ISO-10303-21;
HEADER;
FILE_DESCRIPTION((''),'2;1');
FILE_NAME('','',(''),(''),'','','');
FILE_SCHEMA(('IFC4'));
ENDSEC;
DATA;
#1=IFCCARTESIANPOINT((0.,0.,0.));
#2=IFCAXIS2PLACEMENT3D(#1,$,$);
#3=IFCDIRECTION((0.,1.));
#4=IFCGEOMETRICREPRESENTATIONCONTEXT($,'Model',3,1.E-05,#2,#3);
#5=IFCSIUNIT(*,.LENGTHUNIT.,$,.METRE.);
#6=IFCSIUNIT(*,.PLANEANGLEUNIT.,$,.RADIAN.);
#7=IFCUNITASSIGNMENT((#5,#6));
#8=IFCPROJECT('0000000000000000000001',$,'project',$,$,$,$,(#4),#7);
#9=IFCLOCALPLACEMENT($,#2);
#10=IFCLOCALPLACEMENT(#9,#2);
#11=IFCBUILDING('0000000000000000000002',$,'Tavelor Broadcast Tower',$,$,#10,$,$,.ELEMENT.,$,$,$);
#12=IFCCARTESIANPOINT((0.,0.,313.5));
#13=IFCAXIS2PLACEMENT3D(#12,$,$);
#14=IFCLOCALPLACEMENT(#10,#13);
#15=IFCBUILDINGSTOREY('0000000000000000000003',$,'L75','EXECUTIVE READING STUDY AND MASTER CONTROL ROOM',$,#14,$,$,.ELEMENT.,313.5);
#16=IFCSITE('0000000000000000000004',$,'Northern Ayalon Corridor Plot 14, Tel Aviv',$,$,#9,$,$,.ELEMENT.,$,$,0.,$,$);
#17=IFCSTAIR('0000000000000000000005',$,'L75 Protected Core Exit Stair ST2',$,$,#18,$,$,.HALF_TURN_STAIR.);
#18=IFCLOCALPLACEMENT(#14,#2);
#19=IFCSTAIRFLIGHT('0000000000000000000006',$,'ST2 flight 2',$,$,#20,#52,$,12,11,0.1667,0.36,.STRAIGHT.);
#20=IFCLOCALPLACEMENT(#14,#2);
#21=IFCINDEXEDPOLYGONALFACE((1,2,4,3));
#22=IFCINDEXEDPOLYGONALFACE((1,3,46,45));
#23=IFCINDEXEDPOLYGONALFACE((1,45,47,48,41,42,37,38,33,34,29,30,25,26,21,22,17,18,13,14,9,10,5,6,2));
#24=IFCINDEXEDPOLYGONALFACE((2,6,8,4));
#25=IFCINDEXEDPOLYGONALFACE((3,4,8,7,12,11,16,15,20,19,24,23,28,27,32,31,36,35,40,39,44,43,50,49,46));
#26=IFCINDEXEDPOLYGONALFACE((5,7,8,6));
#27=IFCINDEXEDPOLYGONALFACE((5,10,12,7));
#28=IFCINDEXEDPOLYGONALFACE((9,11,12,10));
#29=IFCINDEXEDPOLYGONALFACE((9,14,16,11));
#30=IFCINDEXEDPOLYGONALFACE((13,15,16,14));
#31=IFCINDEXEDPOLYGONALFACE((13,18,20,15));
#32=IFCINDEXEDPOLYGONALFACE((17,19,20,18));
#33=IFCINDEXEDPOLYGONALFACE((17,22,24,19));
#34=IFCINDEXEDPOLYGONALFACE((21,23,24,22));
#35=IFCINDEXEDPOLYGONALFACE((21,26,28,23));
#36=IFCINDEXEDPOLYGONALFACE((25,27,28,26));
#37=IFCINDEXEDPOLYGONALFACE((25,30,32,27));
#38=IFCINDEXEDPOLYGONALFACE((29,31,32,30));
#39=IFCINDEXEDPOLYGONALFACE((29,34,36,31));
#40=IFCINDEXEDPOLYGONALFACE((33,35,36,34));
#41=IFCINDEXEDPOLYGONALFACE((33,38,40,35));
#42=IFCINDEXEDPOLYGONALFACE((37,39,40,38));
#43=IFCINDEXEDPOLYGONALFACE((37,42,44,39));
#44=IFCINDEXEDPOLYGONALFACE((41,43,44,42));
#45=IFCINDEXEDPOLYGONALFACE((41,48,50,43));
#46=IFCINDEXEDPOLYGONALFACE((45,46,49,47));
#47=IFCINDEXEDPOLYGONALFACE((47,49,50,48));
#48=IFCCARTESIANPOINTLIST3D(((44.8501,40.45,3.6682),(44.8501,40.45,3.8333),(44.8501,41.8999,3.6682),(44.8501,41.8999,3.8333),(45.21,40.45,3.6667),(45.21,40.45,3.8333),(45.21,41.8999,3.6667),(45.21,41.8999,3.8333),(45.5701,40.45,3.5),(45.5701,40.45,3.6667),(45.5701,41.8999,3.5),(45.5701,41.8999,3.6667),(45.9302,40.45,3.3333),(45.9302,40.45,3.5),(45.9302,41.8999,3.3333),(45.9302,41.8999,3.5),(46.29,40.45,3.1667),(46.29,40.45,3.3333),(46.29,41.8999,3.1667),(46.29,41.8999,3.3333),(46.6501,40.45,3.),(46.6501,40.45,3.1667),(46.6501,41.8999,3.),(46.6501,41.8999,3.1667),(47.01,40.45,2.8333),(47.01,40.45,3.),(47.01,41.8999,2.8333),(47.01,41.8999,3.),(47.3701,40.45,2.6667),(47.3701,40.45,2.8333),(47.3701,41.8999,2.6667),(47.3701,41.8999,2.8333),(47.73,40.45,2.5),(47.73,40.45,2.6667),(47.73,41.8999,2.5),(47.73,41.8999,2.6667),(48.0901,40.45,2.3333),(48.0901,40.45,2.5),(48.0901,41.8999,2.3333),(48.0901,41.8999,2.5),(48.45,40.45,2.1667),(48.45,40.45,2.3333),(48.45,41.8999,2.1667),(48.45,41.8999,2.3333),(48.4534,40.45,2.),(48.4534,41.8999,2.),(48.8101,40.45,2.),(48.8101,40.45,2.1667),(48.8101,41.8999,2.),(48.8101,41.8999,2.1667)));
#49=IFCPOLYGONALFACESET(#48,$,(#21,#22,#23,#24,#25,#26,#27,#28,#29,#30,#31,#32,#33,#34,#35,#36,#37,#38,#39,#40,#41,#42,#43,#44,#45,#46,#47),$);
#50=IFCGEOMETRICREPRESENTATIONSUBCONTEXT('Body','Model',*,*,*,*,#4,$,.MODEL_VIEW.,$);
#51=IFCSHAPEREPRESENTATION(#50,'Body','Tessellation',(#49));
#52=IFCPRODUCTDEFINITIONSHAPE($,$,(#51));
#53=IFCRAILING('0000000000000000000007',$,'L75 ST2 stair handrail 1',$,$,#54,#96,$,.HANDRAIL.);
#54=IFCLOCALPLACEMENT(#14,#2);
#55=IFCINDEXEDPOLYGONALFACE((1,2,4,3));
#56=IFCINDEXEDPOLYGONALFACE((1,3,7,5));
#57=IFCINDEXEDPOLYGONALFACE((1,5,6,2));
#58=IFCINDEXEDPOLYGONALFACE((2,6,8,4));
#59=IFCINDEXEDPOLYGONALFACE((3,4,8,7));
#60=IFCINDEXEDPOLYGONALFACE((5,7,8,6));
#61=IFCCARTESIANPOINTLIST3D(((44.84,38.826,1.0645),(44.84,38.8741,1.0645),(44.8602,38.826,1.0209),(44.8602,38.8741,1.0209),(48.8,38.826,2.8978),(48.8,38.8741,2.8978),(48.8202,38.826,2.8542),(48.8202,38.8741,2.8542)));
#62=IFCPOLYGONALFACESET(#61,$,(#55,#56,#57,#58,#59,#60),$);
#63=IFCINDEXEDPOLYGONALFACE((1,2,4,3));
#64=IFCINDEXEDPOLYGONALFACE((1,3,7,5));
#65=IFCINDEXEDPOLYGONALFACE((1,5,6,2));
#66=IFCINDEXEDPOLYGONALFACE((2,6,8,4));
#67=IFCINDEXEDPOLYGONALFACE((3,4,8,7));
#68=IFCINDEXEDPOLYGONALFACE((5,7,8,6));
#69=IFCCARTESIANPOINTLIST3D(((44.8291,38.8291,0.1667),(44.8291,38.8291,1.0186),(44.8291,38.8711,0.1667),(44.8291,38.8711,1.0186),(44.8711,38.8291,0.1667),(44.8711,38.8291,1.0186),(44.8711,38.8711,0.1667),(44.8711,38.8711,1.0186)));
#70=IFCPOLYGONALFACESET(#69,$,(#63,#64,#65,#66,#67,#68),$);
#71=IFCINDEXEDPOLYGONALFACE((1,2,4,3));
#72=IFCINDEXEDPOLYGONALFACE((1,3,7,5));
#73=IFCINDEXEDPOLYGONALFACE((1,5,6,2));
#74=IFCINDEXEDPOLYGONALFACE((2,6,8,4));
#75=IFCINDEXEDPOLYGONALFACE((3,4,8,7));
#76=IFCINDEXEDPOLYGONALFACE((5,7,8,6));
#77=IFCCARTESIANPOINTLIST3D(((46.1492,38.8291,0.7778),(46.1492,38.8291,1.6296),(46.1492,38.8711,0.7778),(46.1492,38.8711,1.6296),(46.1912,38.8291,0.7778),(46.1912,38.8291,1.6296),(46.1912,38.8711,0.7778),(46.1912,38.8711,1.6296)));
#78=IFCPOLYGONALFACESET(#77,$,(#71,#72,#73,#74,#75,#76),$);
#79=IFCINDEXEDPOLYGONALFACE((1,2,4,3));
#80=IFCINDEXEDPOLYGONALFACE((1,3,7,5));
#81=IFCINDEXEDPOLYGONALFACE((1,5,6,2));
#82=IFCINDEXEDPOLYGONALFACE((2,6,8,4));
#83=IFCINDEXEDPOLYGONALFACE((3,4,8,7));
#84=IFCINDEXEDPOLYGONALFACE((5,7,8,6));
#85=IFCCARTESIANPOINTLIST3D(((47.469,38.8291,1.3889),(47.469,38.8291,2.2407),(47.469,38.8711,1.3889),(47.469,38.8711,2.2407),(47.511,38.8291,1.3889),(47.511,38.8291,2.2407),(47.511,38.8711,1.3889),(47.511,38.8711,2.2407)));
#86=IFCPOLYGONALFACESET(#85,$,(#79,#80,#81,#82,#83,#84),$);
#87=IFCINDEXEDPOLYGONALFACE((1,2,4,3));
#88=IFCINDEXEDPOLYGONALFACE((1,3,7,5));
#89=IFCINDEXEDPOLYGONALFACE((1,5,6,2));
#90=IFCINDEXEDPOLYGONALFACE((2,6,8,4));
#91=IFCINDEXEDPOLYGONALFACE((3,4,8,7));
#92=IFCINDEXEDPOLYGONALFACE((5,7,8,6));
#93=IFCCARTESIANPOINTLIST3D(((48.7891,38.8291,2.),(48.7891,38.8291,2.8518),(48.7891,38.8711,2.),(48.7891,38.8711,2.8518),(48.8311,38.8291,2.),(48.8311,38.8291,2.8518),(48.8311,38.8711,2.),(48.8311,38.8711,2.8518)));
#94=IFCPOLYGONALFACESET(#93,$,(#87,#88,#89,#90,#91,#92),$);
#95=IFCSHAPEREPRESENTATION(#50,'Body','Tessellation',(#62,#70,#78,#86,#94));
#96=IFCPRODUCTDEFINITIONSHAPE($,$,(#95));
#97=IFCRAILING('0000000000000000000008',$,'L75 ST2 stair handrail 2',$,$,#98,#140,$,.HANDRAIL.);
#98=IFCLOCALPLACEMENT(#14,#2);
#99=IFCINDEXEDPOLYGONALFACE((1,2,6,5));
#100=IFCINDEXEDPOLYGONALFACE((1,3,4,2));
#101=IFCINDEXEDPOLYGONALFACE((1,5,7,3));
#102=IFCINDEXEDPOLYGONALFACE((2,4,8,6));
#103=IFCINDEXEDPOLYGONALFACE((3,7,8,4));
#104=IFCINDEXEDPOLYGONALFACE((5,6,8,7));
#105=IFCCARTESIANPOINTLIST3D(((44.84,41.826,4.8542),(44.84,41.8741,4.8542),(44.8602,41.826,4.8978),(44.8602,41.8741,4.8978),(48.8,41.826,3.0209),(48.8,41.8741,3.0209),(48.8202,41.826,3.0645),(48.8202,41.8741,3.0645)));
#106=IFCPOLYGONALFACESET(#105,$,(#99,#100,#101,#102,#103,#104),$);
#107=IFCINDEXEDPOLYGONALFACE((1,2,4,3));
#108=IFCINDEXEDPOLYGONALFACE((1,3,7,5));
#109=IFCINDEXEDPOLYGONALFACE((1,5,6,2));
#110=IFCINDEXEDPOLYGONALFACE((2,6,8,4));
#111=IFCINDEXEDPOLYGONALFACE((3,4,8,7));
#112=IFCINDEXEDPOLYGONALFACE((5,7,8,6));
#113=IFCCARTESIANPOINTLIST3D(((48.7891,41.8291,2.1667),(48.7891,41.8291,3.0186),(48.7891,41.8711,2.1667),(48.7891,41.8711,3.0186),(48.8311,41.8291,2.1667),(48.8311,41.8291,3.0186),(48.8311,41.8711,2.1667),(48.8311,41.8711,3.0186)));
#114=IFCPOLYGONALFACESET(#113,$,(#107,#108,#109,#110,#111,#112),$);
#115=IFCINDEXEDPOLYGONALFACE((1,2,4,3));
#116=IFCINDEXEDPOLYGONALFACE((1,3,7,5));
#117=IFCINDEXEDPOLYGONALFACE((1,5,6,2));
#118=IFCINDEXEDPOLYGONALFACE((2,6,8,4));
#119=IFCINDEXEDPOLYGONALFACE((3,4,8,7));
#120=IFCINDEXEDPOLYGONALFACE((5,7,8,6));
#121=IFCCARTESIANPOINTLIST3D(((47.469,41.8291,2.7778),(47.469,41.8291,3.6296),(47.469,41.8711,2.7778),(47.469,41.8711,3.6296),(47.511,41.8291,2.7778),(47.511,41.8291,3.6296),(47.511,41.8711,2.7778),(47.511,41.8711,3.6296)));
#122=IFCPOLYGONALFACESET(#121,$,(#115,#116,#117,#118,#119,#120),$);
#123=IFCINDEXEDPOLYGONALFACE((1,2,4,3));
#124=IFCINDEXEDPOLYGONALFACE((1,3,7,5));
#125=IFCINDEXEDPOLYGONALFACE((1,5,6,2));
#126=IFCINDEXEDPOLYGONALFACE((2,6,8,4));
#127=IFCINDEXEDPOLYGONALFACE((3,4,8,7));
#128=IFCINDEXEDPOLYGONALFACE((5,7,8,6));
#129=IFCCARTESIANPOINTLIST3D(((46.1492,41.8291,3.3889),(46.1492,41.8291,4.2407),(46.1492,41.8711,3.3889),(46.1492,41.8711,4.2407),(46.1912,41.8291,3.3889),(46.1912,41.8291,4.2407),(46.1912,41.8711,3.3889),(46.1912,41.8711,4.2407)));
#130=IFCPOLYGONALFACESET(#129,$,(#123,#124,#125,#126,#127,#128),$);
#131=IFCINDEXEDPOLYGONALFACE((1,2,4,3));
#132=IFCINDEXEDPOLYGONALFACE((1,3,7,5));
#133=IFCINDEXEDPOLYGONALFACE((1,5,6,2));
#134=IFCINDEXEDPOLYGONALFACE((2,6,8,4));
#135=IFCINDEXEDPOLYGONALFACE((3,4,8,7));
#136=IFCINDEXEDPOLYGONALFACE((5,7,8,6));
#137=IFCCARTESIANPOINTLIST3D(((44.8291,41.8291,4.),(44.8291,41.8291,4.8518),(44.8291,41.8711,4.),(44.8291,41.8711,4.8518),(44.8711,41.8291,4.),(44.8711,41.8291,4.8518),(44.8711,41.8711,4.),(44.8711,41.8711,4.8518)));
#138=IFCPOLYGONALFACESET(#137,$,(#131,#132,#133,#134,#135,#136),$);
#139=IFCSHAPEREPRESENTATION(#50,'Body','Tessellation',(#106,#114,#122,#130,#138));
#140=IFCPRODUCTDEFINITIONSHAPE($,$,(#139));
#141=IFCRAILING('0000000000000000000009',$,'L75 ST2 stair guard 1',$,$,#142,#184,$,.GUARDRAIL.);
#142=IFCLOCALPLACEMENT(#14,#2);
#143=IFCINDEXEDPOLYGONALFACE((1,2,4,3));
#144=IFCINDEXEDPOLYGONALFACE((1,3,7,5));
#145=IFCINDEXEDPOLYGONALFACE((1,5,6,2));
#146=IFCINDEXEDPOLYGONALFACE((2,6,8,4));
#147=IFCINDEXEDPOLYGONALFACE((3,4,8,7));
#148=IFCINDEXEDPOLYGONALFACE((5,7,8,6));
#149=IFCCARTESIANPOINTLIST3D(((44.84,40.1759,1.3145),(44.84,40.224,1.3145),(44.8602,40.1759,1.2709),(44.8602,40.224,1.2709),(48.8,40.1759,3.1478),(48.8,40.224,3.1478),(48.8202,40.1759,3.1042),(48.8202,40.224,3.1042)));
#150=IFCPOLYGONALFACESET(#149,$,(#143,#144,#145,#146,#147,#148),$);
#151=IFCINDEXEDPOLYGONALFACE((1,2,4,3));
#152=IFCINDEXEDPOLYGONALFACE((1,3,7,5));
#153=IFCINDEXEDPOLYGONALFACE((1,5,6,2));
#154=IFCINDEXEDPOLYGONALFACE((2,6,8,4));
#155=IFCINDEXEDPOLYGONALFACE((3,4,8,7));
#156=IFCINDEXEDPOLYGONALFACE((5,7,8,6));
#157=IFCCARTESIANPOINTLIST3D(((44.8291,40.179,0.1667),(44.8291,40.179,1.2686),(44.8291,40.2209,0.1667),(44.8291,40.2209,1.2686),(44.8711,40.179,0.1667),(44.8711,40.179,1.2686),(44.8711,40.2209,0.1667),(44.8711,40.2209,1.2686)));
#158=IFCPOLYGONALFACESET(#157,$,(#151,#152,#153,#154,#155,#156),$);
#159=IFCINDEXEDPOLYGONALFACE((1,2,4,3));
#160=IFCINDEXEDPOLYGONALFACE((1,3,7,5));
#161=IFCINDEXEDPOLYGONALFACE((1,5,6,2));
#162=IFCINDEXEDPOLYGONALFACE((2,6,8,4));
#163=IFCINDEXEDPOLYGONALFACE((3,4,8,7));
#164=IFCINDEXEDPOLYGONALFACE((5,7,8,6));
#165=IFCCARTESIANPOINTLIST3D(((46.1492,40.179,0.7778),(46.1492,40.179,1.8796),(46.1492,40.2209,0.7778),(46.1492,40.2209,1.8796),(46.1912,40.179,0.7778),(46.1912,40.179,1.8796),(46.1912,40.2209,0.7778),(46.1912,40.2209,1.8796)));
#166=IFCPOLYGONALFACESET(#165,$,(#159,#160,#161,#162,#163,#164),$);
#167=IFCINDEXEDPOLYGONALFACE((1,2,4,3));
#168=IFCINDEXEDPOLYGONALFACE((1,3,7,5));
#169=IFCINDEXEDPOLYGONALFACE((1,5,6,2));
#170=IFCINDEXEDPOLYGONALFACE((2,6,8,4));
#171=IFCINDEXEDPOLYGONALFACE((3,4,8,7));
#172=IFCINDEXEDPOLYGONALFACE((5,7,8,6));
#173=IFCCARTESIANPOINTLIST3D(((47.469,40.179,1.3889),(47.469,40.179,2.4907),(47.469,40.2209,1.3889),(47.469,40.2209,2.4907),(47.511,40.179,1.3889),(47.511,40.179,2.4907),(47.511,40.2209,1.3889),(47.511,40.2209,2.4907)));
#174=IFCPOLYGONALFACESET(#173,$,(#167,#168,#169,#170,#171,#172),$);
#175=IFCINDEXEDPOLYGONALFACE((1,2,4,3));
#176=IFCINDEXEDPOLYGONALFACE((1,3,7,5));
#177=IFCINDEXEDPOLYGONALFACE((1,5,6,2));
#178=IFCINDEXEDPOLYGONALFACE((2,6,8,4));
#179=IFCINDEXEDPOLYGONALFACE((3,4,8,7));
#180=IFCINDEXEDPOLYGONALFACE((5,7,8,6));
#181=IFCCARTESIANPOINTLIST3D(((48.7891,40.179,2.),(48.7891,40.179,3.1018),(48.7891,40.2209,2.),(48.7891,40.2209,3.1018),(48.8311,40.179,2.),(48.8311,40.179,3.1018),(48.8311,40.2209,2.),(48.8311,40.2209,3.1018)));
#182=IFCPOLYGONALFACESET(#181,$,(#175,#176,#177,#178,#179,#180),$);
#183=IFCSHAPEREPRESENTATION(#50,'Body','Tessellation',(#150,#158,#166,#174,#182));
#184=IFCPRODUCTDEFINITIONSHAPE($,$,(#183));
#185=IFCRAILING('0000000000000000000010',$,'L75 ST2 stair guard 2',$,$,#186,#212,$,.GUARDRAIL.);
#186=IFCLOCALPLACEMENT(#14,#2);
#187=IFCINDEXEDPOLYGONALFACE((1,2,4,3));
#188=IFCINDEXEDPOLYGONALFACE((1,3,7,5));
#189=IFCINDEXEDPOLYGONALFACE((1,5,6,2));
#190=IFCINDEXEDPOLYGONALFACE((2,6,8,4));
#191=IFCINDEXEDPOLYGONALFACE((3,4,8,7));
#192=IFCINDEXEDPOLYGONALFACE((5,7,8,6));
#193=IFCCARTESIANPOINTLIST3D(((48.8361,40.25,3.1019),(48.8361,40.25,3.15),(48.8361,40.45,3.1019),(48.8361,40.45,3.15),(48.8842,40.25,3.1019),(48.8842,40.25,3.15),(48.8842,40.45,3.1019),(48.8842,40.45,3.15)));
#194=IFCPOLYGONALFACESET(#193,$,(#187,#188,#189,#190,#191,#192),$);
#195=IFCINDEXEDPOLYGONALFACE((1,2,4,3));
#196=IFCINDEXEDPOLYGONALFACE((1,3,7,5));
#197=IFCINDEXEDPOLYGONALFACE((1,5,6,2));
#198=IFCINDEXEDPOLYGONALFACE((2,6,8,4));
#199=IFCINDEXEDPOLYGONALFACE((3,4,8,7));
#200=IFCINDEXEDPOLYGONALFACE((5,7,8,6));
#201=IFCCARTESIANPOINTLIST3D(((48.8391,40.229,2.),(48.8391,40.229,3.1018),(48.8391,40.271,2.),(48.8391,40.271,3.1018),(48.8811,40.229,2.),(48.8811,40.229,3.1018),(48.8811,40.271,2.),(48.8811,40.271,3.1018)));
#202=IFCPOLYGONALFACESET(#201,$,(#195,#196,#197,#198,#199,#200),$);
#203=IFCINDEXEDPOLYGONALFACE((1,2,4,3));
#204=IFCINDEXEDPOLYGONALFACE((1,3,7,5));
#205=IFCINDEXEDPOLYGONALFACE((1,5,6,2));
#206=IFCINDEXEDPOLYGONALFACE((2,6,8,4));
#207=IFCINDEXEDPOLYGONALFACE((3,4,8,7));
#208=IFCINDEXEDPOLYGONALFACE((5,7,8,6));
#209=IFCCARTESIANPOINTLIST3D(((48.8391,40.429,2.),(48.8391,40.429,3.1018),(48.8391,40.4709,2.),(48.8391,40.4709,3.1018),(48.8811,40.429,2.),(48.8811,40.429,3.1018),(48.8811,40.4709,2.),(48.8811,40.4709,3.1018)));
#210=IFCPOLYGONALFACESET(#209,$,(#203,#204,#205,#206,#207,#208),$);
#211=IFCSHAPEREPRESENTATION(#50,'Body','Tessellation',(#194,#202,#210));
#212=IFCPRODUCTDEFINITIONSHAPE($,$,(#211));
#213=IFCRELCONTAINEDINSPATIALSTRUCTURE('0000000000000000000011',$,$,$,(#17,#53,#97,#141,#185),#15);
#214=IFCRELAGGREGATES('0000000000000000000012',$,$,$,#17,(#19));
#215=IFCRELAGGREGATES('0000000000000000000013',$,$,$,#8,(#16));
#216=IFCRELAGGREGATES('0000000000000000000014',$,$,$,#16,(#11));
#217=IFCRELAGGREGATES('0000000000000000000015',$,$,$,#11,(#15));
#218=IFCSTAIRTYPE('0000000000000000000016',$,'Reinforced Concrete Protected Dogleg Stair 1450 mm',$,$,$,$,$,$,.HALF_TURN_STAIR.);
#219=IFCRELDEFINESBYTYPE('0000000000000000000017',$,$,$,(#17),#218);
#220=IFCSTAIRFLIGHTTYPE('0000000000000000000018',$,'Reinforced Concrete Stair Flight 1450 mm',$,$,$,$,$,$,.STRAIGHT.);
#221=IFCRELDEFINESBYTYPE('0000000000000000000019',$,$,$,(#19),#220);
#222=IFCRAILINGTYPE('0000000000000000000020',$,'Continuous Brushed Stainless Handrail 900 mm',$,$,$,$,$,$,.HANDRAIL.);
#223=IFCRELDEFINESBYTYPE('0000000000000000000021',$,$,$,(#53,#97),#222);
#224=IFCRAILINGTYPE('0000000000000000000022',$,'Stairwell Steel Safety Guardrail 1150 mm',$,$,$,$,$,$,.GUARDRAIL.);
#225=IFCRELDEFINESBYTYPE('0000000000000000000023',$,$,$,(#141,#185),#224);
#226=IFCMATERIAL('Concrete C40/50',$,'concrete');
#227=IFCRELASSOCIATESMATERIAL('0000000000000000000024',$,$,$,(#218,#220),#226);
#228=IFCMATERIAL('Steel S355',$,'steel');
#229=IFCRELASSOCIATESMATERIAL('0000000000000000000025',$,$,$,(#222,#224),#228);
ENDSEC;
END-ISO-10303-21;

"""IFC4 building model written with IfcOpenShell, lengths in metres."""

from ifc_helpers import new_model, si_unit, direction, frame, origin, origin_2d, place, context, subcontext, project, spatial, polyline, rectangle, outline, extrude, material, type_object, element, aggregate, save


model = new_model("IFC4")

# Units and contexts
model_context = context("Model", 3, precision=1e-05, world=origin(), true_north=direction((0.0, 1.0)))
body_context = subcontext(model_context, "Body", "Model", "MODEL_VIEW")
ifc_project = project(units=[si_unit("LENGTHUNIT", "METRE"), si_unit("PLANEANGLEUNIT", "RADIAN")], contexts=[model_context])

# Site, building, storey
site_placement = place(None, origin())
site = spatial("IfcSite", under=ifc_project, at=site_placement, Name="Northern Ayalon Corridor Plot 14, Tel Aviv", CompositionType="ELEMENT", RefElevation=0.0)
building_placement = place(site_placement, origin())
building = spatial("IfcBuilding", under=site, at=building_placement, Name="Tavelor Broadcast Tower", CompositionType="ELEMENT")
storey_placement = place(building_placement, frame((0.0, 0.0, 313.5)))
storey = spatial("IfcBuildingStorey", under=building, at=storey_placement, Name="L75", Description="EXECUTIVE READING STUDY AND MASTER CONTROL ROOM", CompositionType="ELEMENT", Elevation=313.5)

# Shared definitions
ifc_material_1 = material(Name="Concrete C40/50", Category="concrete")
ifc_material_2 = material(Name="Steel S355", Category="steel")

# Stair, stair flight
stair_type = type_object("IfcStairType", Name="Reinforced Concrete Protected Dogleg Stair 1450 mm", PredefinedType="HALF_TURN_STAIR", material=ifc_material_1)
stair_placement = place(storey_placement, origin())
stair = element("IfcStair", 1, at=stair_placement, inside=storey, type_object=stair_type, Name="L75 Protected Core Exit Stair ST2", PredefinedType="HALF_TURN_STAIR")
stair_flight_type = type_object("IfcStairFlightType", Name="Reinforced Concrete Stair Flight 1450 mm", PredefinedType="STRAIGHT", material=ifc_material_1)
stair_flight_1_placement = place(storey_placement, frame((48.8101, 41.175, 2.0), z_axis=(0.0, 0.0, 1.0), x_axis=(-1.0, 0.0, 0.0)))
stair_flight_1 = element("IfcStairFlight", 2, at=stair_flight_1_placement, type_object=stair_flight_type, Name="ST2 flight 2", NumberOfRisers=12, NumberOfTreads=11, PredefinedType="STRAIGHT", RiserHeight=0.1667, TreadLength=0.36, context=body_context, shape_type="SweptSolid", body=[
    extrude(outline(polyline([(0.0, 0.0), (0.0, 0.1667), (0.3601, 0.1667), (0.3601, 0.3333), (0.72, 0.3333), (0.72, 0.5), (1.0801, 0.5), (1.0801, 0.6667), (1.4399, 0.6667), (1.4399, 0.8333), (1.8, 0.8333), (1.8, 1.0), (2.1599, 1.0), (2.1599, 1.1667), (2.52, 1.1667), (2.52, 1.3333), (2.8799, 1.3333), (2.8799, 1.5), (3.24, 1.5), (3.24, 1.6667), (3.6001, 1.6667), (3.6001, 1.8333), (3.96, 1.8333), (3.96, 2.0), (3.96, 1.6682), (0.3567, 0.0), (0.0, 0.0)])), frame((0.0, 0.7251, 0.0), z_axis=(0.0, -1.0, 0.0), x_axis=(1.0, 0.0, 0.0)), (0.0, 0.0, 1.0), 1.45),
])
aggregate(stair, [stair_flight_1])

# Railings
railing_type_1 = type_object("IfcRailingType", Name="Continuous Brushed Stainless Handrail 900 mm", PredefinedType="HANDRAIL", material=ifc_material_2)
railing_1_placement = place(storey_placement, frame((44.8501, 38.8501, 0.1667)))
element("IfcRailing", 3, at=railing_1_placement, inside=storey, type_object=railing_type_1, Name="L75 ST2 stair handrail 1", PredefinedType="HANDRAIL", context=body_context, shape_type="SweptSolid", body=[
    extrude(rectangle(XDim=0.0481, YDim=0.0481, at=origin_2d()), frame((0.0, 0.0, 0.876), z_axis=(0.907472, 0.0, 0.420112), x_axis=(0.0, 1.0, 0.0)), (0.0, 0.0, 1.0), 4.3638),
    extrude(rectangle(XDim=0.042, YDim=0.042, at=origin_2d()), origin(), (0.0, 0.0, 1.0), 0.8518),
    extrude(rectangle(XDim=0.042, YDim=0.042, at=origin_2d()), frame((1.3201, 0.0, 0.6111)), (0.0, 0.0, 1.0), 0.8518),
    extrude(rectangle(XDim=0.042, YDim=0.042, at=origin_2d()), frame((2.6399, 0.0, 1.2222)), (0.0, 0.0, 1.0), 0.8518),
    extrude(rectangle(XDim=0.042, YDim=0.042, at=origin_2d()), frame((3.96, 0.0, 1.8333)), (0.0, 0.0, 1.0), 0.8518),
])
railing_2_placement = place(storey_placement, frame((48.8101, 41.8501, 2.1667)))
element("IfcRailing", 4, at=railing_2_placement, inside=storey, type_object=railing_type_1, Name="L75 ST2 stair handrail 2", PredefinedType="HANDRAIL", context=body_context, shape_type="SweptSolid", body=[
    extrude(rectangle(XDim=0.0481, YDim=0.0481, at=origin_2d()), frame((0.0, 0.0, 0.876), z_axis=(-0.907472, 0.0, 0.420112), x_axis=(0.0, -1.0, 0.0)), (0.0, 0.0, 1.0), 4.3638),
    extrude(rectangle(XDim=0.042, YDim=0.042, at=origin_2d()), origin(), (0.0, 0.0, 1.0), 0.8518),
    extrude(rectangle(XDim=0.042, YDim=0.042, at=origin_2d()), frame((-1.3201, 0.0, 0.6111)), (0.0, 0.0, 1.0), 0.8518),
    extrude(rectangle(XDim=0.042, YDim=0.042, at=origin_2d()), frame((-2.6399, 0.0, 1.2222)), (0.0, 0.0, 1.0), 0.8518),
    extrude(rectangle(XDim=0.042, YDim=0.042, at=origin_2d()), frame((-3.96, 0.0, 1.8333)), (0.0, 0.0, 1.0), 0.8518),
])
railing_type_2 = type_object("IfcRailingType", Name="Stairwell Steel Safety Guardrail 1150 mm", PredefinedType="GUARDRAIL", material=ifc_material_2)
railing_3_placement = place(storey_placement, frame((44.8501, 40.2, 0.1667)))
element("IfcRailing", 5, at=railing_3_placement, inside=storey, type_object=railing_type_2, Name="L75 ST2 stair guard 1", PredefinedType="GUARDRAIL", context=body_context, shape_type="SweptSolid", body=[
    extrude(rectangle(XDim=0.0481, YDim=0.0481, at=origin_2d()), frame((0.0, 0.0, 1.126), z_axis=(0.907472, 0.0, 0.420112), x_axis=(0.0, 1.0, 0.0)), (0.0, 0.0, 1.0), 4.3638),
    extrude(rectangle(XDim=0.042, YDim=0.042, at=origin_2d()), origin(), (0.0, 0.0, 1.0), 1.1018),
    extrude(rectangle(XDim=0.042, YDim=0.042, at=origin_2d()), frame((1.3201, 0.0, 0.6111)), (0.0, 0.0, 1.0), 1.1018),
    extrude(rectangle(XDim=0.042, YDim=0.042, at=origin_2d()), frame((2.6399, 0.0, 1.2222)), (0.0, 0.0, 1.0), 1.1018),
    extrude(rectangle(XDim=0.042, YDim=0.042, at=origin_2d()), frame((3.96, 0.0, 1.8333)), (0.0, 0.0, 1.0), 1.1018),
])
railing_4_placement = place(storey_placement, frame((48.8601, 40.25, 2.0)))
element("IfcRailing", 6, at=railing_4_placement, inside=storey, type_object=railing_type_2, Name="L75 ST2 stair guard 2", PredefinedType="GUARDRAIL", context=body_context, shape_type="SweptSolid", body=[
    extrude(rectangle(XDim=0.0481, YDim=0.0481, at=origin_2d()), frame((0.0, 0.0, 1.126), z_axis=(0.0, 1.0, 0.0), x_axis=(-1.0, 0.0, 0.0)), (0.0, 0.0, 1.0), 0.2),
    extrude(rectangle(XDim=0.042, YDim=0.042, at=origin_2d()), origin(), (0.0, 0.0, 1.0), 1.1018),
    extrude(rectangle(XDim=0.042, YDim=0.042, at=origin_2d()), frame((0.0, 0.2, 0.0)), (0.0, 0.0, 1.0), 1.1018),
])

save(model, "model.ifc")
